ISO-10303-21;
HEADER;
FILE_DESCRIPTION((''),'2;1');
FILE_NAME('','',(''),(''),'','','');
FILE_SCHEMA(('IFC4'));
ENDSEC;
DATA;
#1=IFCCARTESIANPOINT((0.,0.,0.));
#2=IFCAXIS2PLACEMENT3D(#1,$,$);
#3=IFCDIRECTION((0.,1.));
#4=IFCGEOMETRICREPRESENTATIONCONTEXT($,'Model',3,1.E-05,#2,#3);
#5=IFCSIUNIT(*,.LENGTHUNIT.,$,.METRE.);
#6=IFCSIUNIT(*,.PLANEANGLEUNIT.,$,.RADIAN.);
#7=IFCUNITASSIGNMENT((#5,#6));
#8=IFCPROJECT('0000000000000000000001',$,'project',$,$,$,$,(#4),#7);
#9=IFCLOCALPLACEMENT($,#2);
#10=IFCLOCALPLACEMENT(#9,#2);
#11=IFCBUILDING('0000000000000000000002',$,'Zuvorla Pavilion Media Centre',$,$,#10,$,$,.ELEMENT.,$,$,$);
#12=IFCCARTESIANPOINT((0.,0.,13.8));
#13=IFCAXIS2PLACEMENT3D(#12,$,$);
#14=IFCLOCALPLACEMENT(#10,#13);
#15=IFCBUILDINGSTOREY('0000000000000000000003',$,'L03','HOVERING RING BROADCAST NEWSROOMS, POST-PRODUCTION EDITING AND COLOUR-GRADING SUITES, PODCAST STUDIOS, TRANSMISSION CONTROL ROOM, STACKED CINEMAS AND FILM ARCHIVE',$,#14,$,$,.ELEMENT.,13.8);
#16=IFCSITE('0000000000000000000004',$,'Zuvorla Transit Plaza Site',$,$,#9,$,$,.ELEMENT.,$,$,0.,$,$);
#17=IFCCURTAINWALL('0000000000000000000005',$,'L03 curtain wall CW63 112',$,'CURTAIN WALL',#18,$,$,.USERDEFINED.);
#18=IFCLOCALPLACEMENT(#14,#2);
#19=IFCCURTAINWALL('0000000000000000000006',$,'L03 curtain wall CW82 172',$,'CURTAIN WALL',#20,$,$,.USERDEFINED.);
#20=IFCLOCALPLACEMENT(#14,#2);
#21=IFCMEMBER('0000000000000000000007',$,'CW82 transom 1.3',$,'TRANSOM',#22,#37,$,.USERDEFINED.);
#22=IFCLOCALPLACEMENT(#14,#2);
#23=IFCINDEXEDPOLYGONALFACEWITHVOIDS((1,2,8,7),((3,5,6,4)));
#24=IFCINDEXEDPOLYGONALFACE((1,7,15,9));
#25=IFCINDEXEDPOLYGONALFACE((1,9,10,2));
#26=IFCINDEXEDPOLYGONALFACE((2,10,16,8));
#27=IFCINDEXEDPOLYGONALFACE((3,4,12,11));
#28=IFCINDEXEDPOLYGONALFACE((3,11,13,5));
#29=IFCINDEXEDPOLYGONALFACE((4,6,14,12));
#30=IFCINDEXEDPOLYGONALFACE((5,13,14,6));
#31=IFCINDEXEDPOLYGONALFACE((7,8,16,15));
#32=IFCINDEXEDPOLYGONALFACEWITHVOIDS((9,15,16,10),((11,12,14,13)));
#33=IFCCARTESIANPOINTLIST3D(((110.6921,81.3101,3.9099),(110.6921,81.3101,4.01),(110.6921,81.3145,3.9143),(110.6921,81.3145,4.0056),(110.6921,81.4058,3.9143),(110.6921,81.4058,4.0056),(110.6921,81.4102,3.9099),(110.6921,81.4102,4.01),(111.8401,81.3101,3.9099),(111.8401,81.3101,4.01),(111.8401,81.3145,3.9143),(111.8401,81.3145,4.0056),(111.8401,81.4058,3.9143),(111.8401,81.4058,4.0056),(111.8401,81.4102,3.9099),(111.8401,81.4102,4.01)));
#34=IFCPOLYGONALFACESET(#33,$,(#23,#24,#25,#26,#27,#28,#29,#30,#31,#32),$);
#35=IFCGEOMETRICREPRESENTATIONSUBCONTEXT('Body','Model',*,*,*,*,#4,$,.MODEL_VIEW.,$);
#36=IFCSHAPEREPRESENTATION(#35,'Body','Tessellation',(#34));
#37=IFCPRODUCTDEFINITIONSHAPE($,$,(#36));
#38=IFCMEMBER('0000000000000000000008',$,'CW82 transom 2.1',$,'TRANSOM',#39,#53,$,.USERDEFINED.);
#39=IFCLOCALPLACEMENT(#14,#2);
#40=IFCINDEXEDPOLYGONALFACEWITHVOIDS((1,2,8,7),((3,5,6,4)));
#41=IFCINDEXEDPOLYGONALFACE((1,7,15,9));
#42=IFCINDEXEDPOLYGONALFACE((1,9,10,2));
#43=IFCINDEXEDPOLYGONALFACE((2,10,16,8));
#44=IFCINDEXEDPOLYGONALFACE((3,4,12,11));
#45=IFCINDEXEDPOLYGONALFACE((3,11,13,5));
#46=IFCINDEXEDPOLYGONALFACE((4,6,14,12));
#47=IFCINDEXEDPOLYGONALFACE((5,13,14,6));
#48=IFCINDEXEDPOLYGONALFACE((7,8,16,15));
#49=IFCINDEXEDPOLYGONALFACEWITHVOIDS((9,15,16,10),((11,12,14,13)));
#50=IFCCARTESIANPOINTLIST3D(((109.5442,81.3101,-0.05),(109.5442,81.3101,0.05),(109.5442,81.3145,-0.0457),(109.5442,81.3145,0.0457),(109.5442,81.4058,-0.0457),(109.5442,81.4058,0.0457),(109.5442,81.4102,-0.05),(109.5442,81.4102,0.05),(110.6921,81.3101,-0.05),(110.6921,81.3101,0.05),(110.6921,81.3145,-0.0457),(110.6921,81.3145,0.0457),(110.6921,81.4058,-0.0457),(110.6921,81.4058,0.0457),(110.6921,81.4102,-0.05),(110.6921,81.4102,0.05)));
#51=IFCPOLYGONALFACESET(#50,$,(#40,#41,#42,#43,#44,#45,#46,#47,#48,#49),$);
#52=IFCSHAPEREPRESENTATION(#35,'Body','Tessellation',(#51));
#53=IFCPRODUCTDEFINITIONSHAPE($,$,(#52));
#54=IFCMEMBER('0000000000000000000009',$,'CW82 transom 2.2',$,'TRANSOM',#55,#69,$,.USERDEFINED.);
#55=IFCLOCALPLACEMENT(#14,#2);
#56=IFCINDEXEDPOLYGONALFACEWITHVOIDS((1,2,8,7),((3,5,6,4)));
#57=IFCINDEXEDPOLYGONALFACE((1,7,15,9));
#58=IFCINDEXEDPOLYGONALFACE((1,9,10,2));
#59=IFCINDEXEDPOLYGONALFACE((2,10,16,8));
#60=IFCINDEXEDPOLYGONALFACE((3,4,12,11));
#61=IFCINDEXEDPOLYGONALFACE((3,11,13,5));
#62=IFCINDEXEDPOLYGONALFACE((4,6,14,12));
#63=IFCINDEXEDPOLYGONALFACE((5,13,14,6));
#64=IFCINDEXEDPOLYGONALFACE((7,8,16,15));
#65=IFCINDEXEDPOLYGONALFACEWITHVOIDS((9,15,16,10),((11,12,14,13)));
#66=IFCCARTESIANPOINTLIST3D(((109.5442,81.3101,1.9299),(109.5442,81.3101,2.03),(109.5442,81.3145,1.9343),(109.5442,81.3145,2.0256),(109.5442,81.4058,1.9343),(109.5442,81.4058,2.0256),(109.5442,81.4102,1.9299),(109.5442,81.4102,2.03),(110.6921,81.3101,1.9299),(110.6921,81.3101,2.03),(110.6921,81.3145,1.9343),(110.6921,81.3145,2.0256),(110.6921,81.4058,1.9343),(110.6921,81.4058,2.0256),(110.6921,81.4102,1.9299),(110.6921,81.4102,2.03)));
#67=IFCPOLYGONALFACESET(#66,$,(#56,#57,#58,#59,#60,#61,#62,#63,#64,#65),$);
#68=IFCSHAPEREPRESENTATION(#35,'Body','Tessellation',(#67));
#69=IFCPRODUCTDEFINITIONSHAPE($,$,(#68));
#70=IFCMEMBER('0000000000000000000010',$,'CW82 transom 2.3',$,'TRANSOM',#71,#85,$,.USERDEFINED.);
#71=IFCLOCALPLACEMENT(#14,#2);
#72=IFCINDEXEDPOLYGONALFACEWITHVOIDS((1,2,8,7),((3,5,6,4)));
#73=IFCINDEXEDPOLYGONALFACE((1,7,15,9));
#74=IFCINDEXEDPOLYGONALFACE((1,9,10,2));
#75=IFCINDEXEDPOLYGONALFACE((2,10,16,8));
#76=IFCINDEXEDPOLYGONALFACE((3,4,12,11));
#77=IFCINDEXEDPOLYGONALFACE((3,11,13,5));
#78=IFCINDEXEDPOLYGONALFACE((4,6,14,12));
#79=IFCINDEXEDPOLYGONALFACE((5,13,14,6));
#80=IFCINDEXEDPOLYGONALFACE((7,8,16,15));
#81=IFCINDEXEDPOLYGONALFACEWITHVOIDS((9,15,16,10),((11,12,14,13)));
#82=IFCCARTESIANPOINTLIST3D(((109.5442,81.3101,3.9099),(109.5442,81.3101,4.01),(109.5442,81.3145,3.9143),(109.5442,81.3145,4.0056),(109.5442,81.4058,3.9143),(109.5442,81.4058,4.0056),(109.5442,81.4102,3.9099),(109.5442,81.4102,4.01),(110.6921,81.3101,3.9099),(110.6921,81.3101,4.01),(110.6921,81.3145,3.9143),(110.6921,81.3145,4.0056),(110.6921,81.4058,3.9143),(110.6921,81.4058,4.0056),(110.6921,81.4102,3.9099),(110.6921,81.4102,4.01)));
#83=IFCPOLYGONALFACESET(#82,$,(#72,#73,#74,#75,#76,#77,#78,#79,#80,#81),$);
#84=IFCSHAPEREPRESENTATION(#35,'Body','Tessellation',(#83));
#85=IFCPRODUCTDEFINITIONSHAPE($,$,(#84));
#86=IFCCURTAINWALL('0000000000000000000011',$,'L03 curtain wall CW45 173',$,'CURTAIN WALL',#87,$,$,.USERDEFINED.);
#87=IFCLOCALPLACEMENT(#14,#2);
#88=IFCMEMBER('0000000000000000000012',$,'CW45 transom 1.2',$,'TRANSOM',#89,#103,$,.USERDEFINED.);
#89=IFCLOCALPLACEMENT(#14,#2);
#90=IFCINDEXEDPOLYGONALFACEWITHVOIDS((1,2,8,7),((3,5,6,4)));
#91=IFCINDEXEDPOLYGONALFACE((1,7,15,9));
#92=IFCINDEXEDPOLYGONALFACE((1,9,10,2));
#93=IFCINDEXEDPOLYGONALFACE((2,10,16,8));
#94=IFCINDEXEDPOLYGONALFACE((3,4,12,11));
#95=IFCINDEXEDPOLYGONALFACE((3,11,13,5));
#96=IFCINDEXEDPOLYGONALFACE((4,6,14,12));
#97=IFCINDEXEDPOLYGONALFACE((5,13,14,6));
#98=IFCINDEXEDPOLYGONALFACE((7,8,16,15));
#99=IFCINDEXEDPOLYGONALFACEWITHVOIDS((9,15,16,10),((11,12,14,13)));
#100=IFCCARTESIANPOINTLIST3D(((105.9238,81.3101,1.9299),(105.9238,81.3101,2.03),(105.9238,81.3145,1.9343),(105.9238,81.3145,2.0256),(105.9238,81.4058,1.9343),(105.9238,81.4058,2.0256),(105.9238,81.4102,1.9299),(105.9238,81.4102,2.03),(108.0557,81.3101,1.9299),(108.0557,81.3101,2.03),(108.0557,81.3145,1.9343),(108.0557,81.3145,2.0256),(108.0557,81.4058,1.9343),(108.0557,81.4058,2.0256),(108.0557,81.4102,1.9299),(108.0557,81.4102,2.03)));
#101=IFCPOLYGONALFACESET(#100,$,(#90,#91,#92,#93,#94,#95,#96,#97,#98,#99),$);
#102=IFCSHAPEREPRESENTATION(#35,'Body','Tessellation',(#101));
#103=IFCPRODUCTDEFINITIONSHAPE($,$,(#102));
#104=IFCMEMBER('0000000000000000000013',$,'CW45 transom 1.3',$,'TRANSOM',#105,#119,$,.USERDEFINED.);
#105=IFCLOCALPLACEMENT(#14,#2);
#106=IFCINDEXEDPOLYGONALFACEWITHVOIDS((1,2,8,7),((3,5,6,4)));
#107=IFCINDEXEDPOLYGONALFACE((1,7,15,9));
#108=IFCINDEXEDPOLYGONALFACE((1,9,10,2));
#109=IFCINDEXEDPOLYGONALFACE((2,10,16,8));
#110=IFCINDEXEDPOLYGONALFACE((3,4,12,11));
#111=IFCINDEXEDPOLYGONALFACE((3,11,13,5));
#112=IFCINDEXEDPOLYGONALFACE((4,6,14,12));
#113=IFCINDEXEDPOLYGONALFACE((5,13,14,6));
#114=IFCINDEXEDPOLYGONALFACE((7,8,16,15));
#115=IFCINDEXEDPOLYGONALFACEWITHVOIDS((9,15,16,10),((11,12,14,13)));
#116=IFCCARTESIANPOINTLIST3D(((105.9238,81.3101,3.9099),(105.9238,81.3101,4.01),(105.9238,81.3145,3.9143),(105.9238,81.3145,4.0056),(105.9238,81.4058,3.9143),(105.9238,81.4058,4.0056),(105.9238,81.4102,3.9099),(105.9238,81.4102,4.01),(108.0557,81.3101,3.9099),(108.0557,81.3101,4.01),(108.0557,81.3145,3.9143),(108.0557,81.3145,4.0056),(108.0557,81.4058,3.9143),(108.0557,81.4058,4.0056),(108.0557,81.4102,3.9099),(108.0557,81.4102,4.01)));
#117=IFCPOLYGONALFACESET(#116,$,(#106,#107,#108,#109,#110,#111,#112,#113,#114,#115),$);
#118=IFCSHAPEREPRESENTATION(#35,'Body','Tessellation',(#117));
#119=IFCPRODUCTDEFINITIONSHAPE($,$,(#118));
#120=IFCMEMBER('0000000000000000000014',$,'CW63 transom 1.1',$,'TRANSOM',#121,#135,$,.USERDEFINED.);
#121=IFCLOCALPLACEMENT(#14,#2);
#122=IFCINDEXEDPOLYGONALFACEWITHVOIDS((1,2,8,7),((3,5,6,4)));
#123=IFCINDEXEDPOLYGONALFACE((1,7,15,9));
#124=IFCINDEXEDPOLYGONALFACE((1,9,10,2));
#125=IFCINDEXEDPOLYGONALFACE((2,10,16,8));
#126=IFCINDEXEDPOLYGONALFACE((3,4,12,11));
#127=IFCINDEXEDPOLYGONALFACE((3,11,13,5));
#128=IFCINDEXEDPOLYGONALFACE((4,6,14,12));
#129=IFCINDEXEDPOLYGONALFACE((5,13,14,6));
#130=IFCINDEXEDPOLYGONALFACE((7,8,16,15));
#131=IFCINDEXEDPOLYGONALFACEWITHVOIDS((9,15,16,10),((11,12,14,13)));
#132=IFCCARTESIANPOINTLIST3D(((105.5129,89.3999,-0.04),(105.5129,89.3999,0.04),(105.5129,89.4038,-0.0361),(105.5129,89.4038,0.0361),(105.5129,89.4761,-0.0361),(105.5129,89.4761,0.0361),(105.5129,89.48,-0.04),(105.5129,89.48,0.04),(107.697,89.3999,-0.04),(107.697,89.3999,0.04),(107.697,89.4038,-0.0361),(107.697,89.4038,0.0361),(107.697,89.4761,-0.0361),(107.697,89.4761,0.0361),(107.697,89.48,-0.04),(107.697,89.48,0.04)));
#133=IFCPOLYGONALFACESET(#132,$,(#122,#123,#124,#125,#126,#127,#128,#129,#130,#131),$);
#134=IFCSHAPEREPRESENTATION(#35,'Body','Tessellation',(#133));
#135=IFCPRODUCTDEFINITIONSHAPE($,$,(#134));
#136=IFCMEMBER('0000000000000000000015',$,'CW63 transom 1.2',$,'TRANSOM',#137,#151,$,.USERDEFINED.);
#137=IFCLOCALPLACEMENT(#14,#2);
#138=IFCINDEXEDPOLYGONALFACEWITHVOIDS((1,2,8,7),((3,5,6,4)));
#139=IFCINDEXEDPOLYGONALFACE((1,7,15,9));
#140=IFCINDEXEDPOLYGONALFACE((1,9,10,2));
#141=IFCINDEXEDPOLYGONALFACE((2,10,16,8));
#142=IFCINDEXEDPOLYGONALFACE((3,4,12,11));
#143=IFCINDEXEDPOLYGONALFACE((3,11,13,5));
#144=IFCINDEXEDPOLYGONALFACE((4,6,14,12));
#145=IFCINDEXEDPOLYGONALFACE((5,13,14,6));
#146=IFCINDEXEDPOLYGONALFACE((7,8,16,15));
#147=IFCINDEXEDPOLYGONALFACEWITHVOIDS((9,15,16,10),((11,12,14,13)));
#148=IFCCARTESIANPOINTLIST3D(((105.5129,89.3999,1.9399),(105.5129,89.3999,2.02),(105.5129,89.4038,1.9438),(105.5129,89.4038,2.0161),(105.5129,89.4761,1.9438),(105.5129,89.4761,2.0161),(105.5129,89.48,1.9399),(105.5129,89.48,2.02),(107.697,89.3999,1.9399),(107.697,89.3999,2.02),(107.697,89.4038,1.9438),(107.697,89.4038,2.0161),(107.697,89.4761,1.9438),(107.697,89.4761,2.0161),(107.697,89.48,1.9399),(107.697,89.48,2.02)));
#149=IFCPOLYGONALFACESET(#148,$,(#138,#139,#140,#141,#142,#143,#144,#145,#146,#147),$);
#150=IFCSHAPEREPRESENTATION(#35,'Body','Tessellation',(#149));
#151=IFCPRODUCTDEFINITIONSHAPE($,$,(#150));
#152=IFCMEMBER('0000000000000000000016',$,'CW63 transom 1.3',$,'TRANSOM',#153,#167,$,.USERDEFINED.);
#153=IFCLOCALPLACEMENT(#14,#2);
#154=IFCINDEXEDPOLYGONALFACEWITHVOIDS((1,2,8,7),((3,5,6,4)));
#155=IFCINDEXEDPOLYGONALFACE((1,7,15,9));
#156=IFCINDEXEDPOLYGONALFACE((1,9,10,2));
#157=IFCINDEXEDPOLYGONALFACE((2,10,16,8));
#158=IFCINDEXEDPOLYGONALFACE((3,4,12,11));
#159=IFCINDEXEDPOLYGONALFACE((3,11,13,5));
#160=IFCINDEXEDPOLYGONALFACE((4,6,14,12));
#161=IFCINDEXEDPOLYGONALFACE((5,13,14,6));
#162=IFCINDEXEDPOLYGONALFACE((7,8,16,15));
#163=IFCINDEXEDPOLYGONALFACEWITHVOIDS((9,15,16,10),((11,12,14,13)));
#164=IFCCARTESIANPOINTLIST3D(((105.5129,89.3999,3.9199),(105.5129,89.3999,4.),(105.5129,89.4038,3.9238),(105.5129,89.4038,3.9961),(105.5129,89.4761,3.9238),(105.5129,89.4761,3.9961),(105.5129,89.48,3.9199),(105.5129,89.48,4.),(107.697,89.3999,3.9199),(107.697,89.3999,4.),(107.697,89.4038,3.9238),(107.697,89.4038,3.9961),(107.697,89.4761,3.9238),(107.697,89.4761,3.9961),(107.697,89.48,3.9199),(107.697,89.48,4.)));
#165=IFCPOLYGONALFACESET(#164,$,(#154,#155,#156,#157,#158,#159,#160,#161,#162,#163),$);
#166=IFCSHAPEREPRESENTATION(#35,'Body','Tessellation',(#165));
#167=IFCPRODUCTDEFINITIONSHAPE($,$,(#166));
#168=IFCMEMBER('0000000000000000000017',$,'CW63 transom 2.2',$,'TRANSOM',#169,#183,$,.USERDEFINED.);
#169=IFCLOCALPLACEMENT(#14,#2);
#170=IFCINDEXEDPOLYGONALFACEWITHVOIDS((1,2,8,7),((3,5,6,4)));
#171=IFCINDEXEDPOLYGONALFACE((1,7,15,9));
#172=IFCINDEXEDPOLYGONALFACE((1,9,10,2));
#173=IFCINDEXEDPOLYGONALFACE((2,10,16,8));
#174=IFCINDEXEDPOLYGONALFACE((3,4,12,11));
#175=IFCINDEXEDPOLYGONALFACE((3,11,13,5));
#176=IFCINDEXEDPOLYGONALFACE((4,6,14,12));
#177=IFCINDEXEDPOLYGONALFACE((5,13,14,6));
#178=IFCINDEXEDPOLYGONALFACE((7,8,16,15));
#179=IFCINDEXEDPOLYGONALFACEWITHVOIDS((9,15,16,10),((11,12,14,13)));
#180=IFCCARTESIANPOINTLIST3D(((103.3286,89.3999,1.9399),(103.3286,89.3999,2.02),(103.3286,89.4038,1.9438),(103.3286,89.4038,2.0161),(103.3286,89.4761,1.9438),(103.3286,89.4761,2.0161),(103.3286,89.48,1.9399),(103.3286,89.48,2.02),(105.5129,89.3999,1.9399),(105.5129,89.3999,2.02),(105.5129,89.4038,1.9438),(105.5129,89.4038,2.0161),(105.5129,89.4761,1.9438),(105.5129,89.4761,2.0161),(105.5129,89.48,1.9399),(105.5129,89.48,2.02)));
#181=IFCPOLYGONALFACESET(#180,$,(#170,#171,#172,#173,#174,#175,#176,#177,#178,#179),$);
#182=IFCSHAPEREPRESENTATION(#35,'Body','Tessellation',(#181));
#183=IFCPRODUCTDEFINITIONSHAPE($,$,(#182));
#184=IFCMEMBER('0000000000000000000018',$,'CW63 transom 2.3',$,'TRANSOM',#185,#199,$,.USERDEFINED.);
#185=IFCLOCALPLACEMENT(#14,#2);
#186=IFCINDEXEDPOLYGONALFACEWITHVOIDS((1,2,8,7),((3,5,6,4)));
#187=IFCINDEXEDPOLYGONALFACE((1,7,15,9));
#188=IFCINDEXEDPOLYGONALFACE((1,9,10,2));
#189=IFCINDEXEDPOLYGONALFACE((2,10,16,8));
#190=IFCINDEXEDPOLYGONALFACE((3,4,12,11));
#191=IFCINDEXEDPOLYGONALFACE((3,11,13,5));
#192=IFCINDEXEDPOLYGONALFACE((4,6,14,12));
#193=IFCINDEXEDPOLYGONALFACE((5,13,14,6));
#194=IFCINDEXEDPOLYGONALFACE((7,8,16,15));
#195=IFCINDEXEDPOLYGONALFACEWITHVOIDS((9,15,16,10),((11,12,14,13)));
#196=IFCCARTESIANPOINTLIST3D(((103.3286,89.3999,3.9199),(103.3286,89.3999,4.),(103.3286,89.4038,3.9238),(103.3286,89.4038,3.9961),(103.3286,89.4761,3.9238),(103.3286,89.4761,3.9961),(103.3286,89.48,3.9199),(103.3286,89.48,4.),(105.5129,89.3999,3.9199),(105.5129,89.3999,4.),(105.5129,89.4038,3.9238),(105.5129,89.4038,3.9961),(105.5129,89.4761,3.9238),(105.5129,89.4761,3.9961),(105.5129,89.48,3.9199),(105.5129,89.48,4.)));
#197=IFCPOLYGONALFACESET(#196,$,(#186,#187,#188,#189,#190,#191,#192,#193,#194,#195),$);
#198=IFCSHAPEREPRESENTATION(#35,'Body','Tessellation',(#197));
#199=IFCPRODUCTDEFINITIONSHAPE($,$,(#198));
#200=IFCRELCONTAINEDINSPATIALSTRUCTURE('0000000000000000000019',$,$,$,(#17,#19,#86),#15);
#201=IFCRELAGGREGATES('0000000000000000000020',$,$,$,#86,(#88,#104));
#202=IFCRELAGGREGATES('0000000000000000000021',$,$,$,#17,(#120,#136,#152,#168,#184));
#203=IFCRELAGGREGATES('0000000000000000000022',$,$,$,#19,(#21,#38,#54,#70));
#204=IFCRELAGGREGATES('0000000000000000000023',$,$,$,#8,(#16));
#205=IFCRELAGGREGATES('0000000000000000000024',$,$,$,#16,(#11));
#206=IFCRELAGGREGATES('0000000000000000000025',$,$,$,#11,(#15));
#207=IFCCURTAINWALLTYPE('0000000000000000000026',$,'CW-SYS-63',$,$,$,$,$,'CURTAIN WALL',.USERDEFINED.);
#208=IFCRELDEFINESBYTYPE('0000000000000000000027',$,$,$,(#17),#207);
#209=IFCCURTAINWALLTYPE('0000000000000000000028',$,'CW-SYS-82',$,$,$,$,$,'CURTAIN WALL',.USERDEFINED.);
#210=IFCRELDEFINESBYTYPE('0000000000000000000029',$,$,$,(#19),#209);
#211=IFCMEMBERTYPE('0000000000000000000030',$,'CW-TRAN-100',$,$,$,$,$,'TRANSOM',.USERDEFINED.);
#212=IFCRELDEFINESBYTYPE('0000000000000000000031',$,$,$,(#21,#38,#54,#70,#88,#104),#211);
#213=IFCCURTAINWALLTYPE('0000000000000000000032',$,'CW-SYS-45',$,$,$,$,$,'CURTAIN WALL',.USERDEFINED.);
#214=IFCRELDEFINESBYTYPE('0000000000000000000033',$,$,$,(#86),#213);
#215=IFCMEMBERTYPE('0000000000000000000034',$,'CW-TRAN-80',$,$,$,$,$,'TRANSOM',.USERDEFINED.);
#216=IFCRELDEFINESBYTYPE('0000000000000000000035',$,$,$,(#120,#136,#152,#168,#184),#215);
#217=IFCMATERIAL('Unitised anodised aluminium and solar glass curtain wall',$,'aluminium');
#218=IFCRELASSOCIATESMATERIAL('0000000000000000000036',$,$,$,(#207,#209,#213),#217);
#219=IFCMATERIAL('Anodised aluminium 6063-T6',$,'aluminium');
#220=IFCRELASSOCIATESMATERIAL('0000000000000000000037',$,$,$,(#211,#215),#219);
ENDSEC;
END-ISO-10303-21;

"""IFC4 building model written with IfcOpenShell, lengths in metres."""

from ifc_helpers import new_model, si_unit, direction, frame, origin, origin_2d, place, context, subcontext, project, spatial, hollow_rectangle, extrude, material, material_profile, profile_set, type_object, element, aggregate, save


model = new_model("IFC4")

# Units and contexts
model_context = context("Model", 3, precision=1e-05, world=origin(), true_north=direction((0.0, 1.0)))
body_context = subcontext(model_context, "Body", "Model", "MODEL_VIEW")
ifc_project = project(units=[si_unit("LENGTHUNIT", "METRE"), si_unit("PLANEANGLEUNIT", "RADIAN")], contexts=[model_context])

# Site, building, storey
site_placement = place(None, origin())
site = spatial("IfcSite", under=ifc_project, at=site_placement, Name="Zuvorla Transit Plaza Site", CompositionType="ELEMENT", RefElevation=0.0)
building_placement = place(site_placement, origin())
building = spatial("IfcBuilding", under=site, at=building_placement, Name="Zuvorla Pavilion Media Centre", CompositionType="ELEMENT")
storey_placement = place(building_placement, frame((0.0, 0.0, 13.8)))
storey = spatial("IfcBuildingStorey", under=building, at=storey_placement, Name="L03", Description="HOVERING RING BROADCAST NEWSROOMS, POST-PRODUCTION EDITING AND COLOUR-GRADING SUITES, PODCAST STUDIOS, TRANSMISSION CONTROL ROOM, STACKED CINEMAS AND FILM ARCHIVE", CompositionType="ELEMENT", Elevation=13.8)

# Curtain wall
ifc_material_1 = material(Name="Unitised anodised aluminium and solar glass curtain wall", Category="aluminium")
curtain_wall_type_1 = type_object("IfcCurtainWallType", Name="CW-SYS-63", ElementType="CURTAIN WALL", PredefinedType="USERDEFINED", material=ifc_material_1)
curtain_wall_1_placement = place(storey_placement, origin())
curtain_wall_1 = element("IfcCurtainWall", 1, at=curtain_wall_1_placement, inside=storey, type_object=curtain_wall_type_1, Name="L03 curtain wall CW63 112", ObjectType="CURTAIN WALL", PredefinedType="USERDEFINED")
ifc_material_2 = material(Name="Anodised aluminium 6063-T6", Category="aluminium")

# Curtain wall
curtain_wall_type_2 = type_object("IfcCurtainWallType", Name="CW-SYS-82", ElementType="CURTAIN WALL", PredefinedType="USERDEFINED", material=ifc_material_1)
curtain_wall_2_placement = place(storey_placement, origin())
curtain_wall_2 = element("IfcCurtainWall", 2, at=curtain_wall_2_placement, inside=storey, type_object=curtain_wall_type_2, Name="L03 curtain wall CW82 172", ObjectType="CURTAIN WALL", PredefinedType="USERDEFINED")

# Members
ifc_material_profile_1 = material_profile(ifc_material_2, hollow_rectangle(XDim=0.1001, YDim=0.1001, WallThickness=0.0044, at=origin_2d()), Name="ALU TRAN 100x100")
ifc_profile_set_1 = profile_set([ifc_material_profile_1], Name="Anodised aluminium 6063-T6")
member_type_1 = type_object("IfcMemberType", Name="CW-TRAN-100", ElementType="TRANSOM", PredefinedType="USERDEFINED", material=ifc_profile_set_1)
member_1_placement = place(storey_placement, frame((111.8401, 81.3601, 3.96), z_axis=(-1.0, 0.0, 0.0), x_axis=(0.0, -1.0, 0.0)))
member_1 = element("IfcMember", 3, at=member_1_placement, type_object=member_type_1, Name="CW82 transom 1.3", ObjectType="TRANSOM", PredefinedType="USERDEFINED", context=body_context, shape_type="SweptSolid", body=[
    extrude(hollow_rectangle(XDim=0.1001, YDim=0.1001, WallThickness=0.0044, at=origin_2d()), origin(), (0.0, 0.0, 1.0), 1.1479),
])
member_2_placement = place(storey_placement, frame((110.6921, 81.3601, 0.0), z_axis=(-1.0, 0.0, 0.0), x_axis=(0.0, -1.0, 0.0)))
member_2 = element("IfcMember", 4, at=member_2_placement, type_object=member_type_1, Name="CW82 transom 2.1", ObjectType="TRANSOM", PredefinedType="USERDEFINED", context=body_context, shape_type="SweptSolid", body=[
    extrude(hollow_rectangle(XDim=0.1001, YDim=0.1001, WallThickness=0.0044, at=origin_2d()), origin(), (0.0, 0.0, 1.0), 1.1479),
])
member_3_placement = place(storey_placement, frame((110.6921, 81.3601, 1.98), z_axis=(-1.0, 0.0, 0.0), x_axis=(0.0, -1.0, 0.0)))
member_3 = element("IfcMember", 5, at=member_3_placement, type_object=member_type_1, Name="CW82 transom 2.2", ObjectType="TRANSOM", PredefinedType="USERDEFINED", context=body_context, shape_type="SweptSolid", body=[
    extrude(hollow_rectangle(XDim=0.1001, YDim=0.1001, WallThickness=0.0044, at=origin_2d()), origin(), (0.0, 0.0, 1.0), 1.1479),
])
member_4_placement = place(storey_placement, frame((110.6921, 81.3601, 3.96), z_axis=(-1.0, 0.0, 0.0), x_axis=(0.0, -1.0, 0.0)))
member_4 = element("IfcMember", 6, at=member_4_placement, type_object=member_type_1, Name="CW82 transom 2.3", ObjectType="TRANSOM", PredefinedType="USERDEFINED", context=body_context, shape_type="SweptSolid", body=[
    extrude(hollow_rectangle(XDim=0.1001, YDim=0.1001, WallThickness=0.0044, at=origin_2d()), origin(), (0.0, 0.0, 1.0), 1.1479),
])

# Curtain wall, members
curtain_wall_type_3 = type_object("IfcCurtainWallType", Name="CW-SYS-45", ElementType="CURTAIN WALL", PredefinedType="USERDEFINED", material=ifc_material_1)
curtain_wall_3_placement = place(storey_placement, origin())
curtain_wall_3 = element("IfcCurtainWall", 7, at=curtain_wall_3_placement, inside=storey, type_object=curtain_wall_type_3, Name="L03 curtain wall CW45 173", ObjectType="CURTAIN WALL", PredefinedType="USERDEFINED")
member_5_placement = place(storey_placement, frame((108.0557, 81.3601, 1.98), z_axis=(-1.0, 0.0, 0.0), x_axis=(0.0, -1.0, 0.0)))
member_5 = element("IfcMember", 8, at=member_5_placement, type_object=member_type_1, Name="CW45 transom 1.2", ObjectType="TRANSOM", PredefinedType="USERDEFINED", context=body_context, shape_type="SweptSolid", body=[
    extrude(hollow_rectangle(XDim=0.1001, YDim=0.1001, WallThickness=0.0044, at=origin_2d()), origin(), (0.0, 0.0, 1.0), 2.1318),
])
member_6_placement = place(storey_placement, frame((108.0557, 81.3601, 3.96), z_axis=(-1.0, 0.0, 0.0), x_axis=(0.0, -1.0, 0.0)))
member_6 = element("IfcMember", 9, at=member_6_placement, type_object=member_type_1, Name="CW45 transom 1.3", ObjectType="TRANSOM", PredefinedType="USERDEFINED", context=body_context, shape_type="SweptSolid", body=[
    extrude(hollow_rectangle(XDim=0.1001, YDim=0.1001, WallThickness=0.0044, at=origin_2d()), origin(), (0.0, 0.0, 1.0), 2.1318),
])
aggregate(curtain_wall_3, [member_5, member_6])

# Members
ifc_material_profile_2 = material_profile(ifc_material_2, hollow_rectangle(XDim=0.0801, YDim=0.0801, WallThickness=0.0039, at=origin_2d()), Name="ALU TRAN 80x80")
ifc_profile_set_2 = profile_set([ifc_material_profile_2], Name="Anodised aluminium 6063-T6")
member_type_2 = type_object("IfcMemberType", Name="CW-TRAN-80", ElementType="TRANSOM", PredefinedType="USERDEFINED", material=ifc_profile_set_2)
member_7_placement = place(storey_placement, frame((107.697, 89.4399, 0.0), z_axis=(-1.0, 0.0, 0.0), x_axis=(0.0, -1.0, 0.0)))
member_7 = element("IfcMember", 10, at=member_7_placement, type_object=member_type_2, Name="CW63 transom 1.1", ObjectType="TRANSOM", PredefinedType="USERDEFINED", context=body_context, shape_type="SweptSolid", body=[
    extrude(hollow_rectangle(XDim=0.0801, YDim=0.0801, WallThickness=0.0039, at=origin_2d()), origin(), (0.0, 0.0, 1.0), 2.1841),
])
member_8_placement = place(storey_placement, frame((107.697, 89.4399, 1.98), z_axis=(-1.0, 0.0, 0.0), x_axis=(0.0, -1.0, 0.0)))
member_8 = element("IfcMember", 11, at=member_8_placement, type_object=member_type_2, Name="CW63 transom 1.2", ObjectType="TRANSOM", PredefinedType="USERDEFINED", context=body_context, shape_type="SweptSolid", body=[
    extrude(hollow_rectangle(XDim=0.0801, YDim=0.0801, WallThickness=0.0039, at=origin_2d()), origin(), (0.0, 0.0, 1.0), 2.1841),
])
member_9_placement = place(storey_placement, frame((107.697, 89.4399, 3.96), z_axis=(-1.0, 0.0, 0.0), x_axis=(0.0, -1.0, 0.0)))
member_9 = element("IfcMember", 12, at=member_9_placement, type_object=member_type_2, Name="CW63 transom 1.3", ObjectType="TRANSOM", PredefinedType="USERDEFINED", context=body_context, shape_type="SweptSolid", body=[
    extrude(hollow_rectangle(XDim=0.0801, YDim=0.0801, WallThickness=0.0039, at=origin_2d()), origin(), (0.0, 0.0, 1.0), 2.1841),
])
member_10_placement = place(storey_placement, frame((105.5129, 89.4399, 1.98), z_axis=(-1.0, 0.0, 0.0), x_axis=(0.0, -1.0, 0.0)))
member_10 = element("IfcMember", 13, at=member_10_placement, type_object=member_type_2, Name="CW63 transom 2.2", ObjectType="TRANSOM", PredefinedType="USERDEFINED", context=body_context, shape_type="SweptSolid", body=[
    extrude(hollow_rectangle(XDim=0.0801, YDim=0.0801, WallThickness=0.0039, at=origin_2d()), origin(), (0.0, 0.0, 1.0), 2.1843),
])
member_11_placement = place(storey_placement, frame((105.5129, 89.4399, 3.96), z_axis=(-1.0, 0.0, 0.0), x_axis=(0.0, -1.0, 0.0)))
member_11 = element("IfcMember", 14, at=member_11_placement, type_object=member_type_2, Name="CW63 transom 2.3", ObjectType="TRANSOM", PredefinedType="USERDEFINED", context=body_context, shape_type="SweptSolid", body=[
    extrude(hollow_rectangle(XDim=0.0801, YDim=0.0801, WallThickness=0.0039, at=origin_2d()), origin(), (0.0, 0.0, 1.0), 2.1843),
])

aggregate(curtain_wall_1, [member_7, member_8, member_9, member_10, member_11])
aggregate(curtain_wall_2, [member_1, member_2, member_3, member_4])

save(model, "model.ifc")
